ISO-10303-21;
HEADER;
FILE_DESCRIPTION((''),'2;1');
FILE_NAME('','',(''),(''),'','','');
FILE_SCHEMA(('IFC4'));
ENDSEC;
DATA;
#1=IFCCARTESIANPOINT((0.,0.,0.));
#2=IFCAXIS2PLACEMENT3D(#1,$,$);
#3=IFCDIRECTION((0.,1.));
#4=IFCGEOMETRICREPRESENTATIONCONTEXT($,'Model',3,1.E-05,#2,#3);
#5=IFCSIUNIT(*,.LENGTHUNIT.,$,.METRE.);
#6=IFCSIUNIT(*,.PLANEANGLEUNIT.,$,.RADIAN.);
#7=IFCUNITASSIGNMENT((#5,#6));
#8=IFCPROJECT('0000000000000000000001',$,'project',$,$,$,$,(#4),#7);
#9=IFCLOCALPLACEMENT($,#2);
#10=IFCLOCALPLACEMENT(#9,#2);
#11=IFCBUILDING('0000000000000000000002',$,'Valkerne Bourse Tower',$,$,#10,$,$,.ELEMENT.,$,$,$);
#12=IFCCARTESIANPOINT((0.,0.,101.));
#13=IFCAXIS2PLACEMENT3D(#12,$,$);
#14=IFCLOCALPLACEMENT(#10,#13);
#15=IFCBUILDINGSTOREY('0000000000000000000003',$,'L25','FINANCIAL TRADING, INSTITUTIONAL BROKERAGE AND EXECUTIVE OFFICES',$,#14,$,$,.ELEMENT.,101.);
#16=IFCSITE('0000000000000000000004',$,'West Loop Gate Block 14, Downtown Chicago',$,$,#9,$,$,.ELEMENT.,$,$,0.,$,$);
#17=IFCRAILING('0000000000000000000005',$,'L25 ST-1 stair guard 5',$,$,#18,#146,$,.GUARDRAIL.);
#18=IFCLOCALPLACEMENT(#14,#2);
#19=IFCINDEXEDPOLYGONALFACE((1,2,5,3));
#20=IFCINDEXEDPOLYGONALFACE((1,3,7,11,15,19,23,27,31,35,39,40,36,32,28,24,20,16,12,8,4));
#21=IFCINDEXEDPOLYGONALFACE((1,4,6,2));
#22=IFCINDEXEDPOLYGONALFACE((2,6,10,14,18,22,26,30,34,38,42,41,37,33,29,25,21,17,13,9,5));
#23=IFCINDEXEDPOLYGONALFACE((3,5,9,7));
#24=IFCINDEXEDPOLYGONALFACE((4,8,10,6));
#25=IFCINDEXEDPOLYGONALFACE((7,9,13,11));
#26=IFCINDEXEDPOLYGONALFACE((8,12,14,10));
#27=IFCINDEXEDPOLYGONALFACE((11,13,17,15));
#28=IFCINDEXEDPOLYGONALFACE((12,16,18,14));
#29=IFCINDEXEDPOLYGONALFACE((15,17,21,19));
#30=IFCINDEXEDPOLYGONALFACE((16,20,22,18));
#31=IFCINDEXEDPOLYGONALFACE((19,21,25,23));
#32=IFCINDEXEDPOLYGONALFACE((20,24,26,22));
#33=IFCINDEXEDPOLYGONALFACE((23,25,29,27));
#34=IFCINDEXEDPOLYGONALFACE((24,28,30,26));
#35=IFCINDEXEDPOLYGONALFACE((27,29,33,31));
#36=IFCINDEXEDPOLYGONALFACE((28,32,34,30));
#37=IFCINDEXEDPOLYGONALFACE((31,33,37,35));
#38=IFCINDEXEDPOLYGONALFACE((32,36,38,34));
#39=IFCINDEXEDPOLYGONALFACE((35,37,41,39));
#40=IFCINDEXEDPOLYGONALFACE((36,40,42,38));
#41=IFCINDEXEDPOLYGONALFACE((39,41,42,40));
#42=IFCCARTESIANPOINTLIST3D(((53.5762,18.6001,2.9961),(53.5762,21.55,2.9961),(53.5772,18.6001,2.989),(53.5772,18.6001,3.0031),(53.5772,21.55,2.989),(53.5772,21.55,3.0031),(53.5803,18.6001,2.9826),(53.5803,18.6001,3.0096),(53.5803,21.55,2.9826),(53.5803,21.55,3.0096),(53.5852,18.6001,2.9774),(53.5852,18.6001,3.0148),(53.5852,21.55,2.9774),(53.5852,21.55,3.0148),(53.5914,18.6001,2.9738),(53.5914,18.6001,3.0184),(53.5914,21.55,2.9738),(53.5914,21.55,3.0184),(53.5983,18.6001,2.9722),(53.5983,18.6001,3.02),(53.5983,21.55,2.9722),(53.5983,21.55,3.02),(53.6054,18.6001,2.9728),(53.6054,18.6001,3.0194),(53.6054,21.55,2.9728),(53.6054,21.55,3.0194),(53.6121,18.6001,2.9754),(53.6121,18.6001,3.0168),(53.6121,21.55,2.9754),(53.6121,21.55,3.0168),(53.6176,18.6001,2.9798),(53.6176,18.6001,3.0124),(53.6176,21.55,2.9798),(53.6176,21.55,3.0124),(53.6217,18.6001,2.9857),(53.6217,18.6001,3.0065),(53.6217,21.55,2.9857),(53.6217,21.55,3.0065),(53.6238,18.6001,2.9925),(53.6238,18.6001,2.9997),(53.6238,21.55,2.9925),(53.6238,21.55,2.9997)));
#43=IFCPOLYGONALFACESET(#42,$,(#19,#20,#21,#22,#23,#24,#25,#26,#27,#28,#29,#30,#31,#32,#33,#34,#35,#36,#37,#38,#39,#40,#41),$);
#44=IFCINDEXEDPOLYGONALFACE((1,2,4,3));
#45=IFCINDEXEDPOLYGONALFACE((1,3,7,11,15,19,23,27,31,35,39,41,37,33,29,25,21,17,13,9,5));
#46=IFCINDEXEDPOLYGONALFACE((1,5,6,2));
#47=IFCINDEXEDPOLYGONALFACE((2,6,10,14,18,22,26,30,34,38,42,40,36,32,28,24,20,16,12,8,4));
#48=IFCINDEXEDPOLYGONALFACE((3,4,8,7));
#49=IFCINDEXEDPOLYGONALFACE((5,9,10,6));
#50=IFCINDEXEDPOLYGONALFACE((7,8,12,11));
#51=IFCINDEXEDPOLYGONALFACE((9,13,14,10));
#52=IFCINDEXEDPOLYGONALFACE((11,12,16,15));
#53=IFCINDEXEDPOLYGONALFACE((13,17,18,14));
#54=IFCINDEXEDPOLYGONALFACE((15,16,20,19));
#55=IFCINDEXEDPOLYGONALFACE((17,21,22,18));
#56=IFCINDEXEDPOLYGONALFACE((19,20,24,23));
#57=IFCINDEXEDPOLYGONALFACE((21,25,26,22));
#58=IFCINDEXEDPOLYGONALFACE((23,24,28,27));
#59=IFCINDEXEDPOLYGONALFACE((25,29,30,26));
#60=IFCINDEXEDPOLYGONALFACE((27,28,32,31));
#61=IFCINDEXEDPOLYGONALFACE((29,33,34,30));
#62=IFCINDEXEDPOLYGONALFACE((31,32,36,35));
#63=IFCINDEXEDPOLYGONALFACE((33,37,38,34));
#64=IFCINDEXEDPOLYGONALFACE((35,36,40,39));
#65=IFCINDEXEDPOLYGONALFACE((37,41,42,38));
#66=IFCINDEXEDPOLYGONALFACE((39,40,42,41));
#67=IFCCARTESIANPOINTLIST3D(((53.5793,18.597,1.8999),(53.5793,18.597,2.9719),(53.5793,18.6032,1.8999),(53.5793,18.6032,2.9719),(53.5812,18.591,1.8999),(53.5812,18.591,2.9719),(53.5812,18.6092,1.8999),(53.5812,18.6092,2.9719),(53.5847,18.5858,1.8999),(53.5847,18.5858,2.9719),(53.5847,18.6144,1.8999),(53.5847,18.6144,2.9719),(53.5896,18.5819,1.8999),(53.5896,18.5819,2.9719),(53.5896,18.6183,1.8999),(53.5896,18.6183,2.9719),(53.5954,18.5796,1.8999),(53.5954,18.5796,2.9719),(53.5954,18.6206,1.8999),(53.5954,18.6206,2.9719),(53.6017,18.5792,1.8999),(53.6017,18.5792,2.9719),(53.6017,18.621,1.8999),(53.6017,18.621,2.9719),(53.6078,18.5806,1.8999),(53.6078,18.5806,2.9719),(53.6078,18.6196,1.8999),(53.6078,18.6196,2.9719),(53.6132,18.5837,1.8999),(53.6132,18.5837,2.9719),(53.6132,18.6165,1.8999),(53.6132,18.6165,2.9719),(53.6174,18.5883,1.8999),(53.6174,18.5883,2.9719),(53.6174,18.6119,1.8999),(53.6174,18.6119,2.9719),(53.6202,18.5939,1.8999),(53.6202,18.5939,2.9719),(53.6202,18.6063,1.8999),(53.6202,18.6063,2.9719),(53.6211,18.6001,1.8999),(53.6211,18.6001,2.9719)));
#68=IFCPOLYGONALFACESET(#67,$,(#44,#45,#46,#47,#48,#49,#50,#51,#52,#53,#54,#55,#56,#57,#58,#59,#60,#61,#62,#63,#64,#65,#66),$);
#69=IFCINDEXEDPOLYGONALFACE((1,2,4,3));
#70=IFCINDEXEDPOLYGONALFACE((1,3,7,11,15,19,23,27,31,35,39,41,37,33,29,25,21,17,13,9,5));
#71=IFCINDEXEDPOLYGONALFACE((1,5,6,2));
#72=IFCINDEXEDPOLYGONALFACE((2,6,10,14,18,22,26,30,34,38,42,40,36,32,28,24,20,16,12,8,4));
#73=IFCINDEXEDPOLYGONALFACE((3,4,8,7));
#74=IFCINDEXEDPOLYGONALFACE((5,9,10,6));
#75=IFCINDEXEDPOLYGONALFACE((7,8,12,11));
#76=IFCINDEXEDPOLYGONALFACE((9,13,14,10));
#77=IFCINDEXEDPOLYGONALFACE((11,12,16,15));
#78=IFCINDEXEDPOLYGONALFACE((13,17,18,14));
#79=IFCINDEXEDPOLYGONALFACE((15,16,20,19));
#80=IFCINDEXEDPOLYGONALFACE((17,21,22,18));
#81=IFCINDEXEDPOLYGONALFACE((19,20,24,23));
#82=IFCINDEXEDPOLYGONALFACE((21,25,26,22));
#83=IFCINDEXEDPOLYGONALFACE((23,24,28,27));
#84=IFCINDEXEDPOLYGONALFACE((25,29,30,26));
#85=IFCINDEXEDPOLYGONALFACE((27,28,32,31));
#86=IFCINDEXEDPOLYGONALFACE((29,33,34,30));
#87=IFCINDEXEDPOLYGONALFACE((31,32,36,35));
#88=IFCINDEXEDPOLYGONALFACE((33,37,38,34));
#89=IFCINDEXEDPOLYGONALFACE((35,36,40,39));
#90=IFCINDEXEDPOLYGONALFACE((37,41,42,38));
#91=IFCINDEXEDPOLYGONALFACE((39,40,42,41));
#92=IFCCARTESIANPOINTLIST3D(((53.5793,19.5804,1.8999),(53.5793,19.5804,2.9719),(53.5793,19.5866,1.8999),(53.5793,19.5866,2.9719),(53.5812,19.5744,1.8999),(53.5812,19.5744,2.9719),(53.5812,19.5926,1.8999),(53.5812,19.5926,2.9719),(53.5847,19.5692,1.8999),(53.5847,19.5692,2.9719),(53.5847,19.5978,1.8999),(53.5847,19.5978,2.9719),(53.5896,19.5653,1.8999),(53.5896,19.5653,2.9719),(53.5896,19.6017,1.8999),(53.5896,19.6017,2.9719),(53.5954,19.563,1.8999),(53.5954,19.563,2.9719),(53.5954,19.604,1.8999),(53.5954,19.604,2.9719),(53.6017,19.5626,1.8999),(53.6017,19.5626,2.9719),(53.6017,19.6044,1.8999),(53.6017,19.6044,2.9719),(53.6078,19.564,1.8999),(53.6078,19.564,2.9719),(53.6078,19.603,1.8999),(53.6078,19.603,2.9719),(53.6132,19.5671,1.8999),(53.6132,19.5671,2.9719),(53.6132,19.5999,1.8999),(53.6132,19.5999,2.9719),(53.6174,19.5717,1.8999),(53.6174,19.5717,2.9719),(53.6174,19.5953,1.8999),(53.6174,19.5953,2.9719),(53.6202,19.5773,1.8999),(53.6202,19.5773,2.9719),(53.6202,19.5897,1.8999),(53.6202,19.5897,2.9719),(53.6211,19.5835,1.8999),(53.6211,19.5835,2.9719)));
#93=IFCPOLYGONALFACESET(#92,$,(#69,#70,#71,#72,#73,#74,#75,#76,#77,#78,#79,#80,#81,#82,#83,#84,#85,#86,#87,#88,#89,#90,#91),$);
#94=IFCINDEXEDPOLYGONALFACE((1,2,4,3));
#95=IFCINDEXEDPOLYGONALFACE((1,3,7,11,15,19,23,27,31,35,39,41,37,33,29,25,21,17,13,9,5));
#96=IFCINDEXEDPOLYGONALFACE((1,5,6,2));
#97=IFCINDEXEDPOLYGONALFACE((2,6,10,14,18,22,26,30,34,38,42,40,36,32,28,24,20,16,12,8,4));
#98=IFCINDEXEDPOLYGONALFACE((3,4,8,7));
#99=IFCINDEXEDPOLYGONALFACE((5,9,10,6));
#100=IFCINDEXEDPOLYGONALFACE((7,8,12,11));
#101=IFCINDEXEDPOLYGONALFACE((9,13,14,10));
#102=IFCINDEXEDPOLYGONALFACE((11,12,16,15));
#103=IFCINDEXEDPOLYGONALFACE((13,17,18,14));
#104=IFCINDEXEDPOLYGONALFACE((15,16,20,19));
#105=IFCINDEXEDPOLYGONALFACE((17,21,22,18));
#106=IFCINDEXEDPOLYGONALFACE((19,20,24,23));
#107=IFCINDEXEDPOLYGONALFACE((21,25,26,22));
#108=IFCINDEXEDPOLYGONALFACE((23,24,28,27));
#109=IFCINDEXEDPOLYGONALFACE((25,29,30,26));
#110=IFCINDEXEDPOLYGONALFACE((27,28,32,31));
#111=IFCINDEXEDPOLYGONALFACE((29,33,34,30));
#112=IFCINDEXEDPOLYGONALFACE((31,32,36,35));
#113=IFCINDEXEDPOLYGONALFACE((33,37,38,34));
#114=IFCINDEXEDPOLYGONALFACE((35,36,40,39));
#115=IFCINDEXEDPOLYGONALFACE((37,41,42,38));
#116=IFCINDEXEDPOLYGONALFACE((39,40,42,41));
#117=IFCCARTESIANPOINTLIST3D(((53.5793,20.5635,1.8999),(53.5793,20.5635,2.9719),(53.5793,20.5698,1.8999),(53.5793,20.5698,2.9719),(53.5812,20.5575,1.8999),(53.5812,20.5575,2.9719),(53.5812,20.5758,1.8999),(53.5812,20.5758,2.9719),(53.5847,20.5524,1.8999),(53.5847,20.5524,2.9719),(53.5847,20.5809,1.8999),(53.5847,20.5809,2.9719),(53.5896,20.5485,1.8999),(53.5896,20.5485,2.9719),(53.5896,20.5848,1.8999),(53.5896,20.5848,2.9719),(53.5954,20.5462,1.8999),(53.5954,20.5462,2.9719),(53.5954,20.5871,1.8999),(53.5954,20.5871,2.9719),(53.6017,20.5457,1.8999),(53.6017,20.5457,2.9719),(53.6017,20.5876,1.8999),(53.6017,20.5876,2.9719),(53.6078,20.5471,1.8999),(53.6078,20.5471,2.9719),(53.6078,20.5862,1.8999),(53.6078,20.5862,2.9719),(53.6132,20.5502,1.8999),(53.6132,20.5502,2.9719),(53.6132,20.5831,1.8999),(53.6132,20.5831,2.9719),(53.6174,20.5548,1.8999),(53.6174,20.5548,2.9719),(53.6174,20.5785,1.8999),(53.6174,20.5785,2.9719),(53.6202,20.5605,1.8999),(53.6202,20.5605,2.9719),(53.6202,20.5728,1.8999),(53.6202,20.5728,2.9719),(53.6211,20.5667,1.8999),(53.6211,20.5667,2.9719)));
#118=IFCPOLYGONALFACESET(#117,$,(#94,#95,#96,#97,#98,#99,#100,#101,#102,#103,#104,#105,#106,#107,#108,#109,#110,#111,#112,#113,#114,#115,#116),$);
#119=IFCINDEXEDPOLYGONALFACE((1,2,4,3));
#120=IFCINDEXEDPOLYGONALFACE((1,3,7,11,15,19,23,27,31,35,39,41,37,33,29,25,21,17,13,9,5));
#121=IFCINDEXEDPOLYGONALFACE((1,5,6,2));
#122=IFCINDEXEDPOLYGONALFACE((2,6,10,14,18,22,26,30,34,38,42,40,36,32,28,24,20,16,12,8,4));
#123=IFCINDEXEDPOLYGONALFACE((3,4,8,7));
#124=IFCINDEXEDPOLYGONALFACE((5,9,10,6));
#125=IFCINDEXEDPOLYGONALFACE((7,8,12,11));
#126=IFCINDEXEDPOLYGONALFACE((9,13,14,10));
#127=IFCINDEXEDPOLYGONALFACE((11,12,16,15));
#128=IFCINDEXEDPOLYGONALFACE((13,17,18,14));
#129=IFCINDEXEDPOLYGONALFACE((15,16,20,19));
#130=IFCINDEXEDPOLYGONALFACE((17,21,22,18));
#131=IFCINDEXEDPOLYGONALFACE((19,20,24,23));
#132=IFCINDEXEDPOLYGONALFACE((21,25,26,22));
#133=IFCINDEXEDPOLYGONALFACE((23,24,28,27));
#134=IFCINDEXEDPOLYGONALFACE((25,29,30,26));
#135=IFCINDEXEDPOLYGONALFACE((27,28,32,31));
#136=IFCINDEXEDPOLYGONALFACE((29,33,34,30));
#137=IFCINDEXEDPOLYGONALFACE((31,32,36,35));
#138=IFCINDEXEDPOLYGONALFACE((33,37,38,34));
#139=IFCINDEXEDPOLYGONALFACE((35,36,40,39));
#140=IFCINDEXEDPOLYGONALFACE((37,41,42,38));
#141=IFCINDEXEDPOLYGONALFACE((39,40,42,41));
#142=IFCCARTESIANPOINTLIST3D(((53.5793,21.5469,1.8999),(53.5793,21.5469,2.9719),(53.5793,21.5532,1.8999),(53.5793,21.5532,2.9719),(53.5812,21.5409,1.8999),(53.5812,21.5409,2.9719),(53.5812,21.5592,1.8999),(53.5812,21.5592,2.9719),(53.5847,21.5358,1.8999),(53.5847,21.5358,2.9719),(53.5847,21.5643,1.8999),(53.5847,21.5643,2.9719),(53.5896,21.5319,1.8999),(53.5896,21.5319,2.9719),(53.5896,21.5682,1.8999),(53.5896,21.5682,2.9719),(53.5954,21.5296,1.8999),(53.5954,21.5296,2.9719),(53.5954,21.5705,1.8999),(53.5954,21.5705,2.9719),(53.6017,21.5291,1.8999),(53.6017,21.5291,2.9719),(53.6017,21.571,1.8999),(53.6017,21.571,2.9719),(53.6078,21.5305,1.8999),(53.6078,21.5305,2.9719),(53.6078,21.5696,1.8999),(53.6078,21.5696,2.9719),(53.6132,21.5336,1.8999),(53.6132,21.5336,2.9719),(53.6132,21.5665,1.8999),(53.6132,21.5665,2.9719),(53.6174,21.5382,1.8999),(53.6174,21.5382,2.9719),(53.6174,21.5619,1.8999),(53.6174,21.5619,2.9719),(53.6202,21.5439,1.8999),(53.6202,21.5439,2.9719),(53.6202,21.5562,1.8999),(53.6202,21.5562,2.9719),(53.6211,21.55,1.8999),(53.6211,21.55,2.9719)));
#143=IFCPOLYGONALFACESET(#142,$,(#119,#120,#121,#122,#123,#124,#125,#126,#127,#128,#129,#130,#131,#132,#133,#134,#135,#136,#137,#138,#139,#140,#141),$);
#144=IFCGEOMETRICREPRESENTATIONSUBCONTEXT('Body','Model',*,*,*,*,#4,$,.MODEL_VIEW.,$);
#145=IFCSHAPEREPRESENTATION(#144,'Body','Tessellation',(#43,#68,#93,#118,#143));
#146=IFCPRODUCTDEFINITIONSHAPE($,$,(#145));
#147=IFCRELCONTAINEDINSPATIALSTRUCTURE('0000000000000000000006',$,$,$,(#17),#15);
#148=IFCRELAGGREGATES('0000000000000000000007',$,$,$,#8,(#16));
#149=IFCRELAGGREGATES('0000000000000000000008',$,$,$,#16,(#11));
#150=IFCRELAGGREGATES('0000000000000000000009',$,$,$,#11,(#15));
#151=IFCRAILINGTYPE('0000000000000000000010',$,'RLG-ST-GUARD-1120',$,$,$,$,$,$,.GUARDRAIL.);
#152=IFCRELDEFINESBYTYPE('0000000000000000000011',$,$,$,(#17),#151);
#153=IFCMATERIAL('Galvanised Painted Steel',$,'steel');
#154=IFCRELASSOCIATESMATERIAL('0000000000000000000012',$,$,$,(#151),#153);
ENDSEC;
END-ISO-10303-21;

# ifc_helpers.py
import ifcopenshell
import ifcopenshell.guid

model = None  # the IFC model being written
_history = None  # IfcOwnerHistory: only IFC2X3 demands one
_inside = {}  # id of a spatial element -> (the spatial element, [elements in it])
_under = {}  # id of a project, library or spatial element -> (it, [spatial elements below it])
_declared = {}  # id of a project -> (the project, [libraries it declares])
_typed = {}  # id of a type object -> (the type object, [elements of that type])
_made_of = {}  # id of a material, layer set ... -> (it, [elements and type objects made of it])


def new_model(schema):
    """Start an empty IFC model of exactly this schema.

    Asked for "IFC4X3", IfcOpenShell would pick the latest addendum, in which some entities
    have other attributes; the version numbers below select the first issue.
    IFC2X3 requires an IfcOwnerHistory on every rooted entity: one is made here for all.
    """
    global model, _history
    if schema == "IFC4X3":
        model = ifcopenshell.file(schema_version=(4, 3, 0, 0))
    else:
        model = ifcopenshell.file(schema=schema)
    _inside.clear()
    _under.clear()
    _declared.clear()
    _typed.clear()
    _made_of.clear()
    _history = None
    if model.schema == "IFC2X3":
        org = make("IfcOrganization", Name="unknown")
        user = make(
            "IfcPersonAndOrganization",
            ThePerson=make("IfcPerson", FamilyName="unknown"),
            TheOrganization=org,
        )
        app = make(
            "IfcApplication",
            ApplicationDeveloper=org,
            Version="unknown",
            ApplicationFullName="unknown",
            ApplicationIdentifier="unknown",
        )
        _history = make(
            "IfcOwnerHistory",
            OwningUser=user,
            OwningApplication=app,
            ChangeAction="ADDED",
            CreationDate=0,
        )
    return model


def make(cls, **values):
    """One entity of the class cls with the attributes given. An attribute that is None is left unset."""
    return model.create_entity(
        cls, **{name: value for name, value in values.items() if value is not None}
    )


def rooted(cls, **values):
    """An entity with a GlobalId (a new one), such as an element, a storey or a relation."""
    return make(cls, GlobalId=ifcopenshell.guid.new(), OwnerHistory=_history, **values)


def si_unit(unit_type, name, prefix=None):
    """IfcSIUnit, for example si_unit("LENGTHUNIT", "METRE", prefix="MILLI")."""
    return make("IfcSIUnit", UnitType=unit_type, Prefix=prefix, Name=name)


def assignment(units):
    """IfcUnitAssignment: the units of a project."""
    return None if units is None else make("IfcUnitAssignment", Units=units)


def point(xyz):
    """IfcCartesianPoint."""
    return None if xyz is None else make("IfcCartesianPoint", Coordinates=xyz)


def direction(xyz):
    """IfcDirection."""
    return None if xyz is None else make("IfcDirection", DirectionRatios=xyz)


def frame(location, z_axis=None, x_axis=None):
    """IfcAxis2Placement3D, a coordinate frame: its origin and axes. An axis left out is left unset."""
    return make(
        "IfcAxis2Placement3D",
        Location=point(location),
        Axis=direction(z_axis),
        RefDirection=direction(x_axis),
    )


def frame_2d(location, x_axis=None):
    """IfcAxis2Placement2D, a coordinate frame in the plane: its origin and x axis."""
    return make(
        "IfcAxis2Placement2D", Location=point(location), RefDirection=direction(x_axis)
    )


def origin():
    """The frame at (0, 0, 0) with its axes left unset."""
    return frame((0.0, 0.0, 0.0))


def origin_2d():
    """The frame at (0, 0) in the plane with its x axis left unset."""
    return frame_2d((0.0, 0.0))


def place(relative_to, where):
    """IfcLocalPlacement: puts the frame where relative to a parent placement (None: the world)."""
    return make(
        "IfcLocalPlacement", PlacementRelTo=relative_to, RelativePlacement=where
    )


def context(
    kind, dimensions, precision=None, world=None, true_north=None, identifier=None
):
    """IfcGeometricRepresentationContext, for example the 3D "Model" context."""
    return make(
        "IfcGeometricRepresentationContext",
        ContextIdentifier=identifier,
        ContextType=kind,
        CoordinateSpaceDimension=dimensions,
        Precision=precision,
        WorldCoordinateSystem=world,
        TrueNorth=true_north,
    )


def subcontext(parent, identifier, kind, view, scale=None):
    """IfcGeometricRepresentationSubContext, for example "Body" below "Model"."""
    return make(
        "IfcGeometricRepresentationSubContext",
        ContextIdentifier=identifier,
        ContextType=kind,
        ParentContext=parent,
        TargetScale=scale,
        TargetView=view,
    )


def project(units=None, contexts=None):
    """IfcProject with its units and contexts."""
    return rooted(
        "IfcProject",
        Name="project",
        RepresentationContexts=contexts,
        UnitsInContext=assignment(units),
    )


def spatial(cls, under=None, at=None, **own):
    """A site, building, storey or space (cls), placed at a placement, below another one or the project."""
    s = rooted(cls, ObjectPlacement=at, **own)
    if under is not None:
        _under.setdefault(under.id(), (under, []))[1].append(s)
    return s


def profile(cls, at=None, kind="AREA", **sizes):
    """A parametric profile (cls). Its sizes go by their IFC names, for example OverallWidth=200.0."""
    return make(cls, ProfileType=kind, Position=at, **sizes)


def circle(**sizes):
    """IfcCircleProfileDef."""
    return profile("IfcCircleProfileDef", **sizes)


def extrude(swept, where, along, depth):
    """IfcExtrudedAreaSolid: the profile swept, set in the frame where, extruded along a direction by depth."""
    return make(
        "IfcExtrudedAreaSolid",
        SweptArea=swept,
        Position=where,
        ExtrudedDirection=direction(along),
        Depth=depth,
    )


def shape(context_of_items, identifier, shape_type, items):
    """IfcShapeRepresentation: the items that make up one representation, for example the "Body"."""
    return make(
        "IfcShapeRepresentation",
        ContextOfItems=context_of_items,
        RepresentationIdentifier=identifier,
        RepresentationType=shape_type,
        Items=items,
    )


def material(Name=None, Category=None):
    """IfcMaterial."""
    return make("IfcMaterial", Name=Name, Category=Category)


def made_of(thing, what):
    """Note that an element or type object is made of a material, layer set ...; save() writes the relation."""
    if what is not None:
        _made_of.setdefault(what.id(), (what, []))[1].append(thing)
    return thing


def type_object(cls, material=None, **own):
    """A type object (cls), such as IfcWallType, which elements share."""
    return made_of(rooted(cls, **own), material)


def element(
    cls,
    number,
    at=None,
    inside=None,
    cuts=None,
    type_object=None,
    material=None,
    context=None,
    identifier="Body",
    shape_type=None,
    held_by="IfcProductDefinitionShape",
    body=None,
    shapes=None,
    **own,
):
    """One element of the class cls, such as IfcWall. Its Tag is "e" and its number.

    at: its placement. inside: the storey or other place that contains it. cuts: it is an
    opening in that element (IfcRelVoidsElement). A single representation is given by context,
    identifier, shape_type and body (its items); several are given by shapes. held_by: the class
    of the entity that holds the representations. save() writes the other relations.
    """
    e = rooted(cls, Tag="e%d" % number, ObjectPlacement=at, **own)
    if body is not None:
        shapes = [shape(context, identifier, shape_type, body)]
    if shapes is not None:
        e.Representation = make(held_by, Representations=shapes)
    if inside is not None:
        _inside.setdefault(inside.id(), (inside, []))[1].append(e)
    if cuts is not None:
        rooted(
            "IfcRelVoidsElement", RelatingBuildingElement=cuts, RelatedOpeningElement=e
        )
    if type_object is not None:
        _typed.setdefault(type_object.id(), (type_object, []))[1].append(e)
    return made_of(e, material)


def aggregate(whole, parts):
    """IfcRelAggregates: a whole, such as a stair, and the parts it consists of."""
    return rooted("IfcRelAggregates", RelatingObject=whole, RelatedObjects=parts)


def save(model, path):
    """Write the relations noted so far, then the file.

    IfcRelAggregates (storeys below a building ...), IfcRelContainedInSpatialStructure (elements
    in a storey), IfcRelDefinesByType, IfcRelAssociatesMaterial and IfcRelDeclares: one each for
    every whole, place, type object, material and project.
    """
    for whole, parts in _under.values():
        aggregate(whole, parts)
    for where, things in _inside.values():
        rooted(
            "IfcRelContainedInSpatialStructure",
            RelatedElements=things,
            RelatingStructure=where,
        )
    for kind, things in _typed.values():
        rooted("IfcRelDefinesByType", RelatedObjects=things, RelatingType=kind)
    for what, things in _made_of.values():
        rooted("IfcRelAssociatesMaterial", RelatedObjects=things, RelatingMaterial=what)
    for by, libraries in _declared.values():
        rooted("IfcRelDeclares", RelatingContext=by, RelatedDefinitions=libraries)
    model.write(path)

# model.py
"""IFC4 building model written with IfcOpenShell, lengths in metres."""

from ifc_helpers import new_model, si_unit, direction, frame, origin, origin_2d, place, context, subcontext, project, spatial, circle, extrude, material, type_object, element, save


model = new_model("IFC4")

# Units and contexts
model_context = context("Model", 3, precision=1e-05, world=origin(), true_north=direction((0.0, 1.0)))
body_context = subcontext(model_context, "Body", "Model", "MODEL_VIEW")
ifc_project = project(units=[si_unit("LENGTHUNIT", "METRE"), si_unit("PLANEANGLEUNIT", "RADIAN")], contexts=[model_context])

# Site, building, storey
site_placement = place(None, origin())
site = spatial("IfcSite", under=ifc_project, at=site_placement, Name="West Loop Gate Block 14, Downtown Chicago", CompositionType="ELEMENT", RefElevation=0.0)
building_placement = place(site_placement, origin())
building = spatial("IfcBuilding", under=site, at=building_placement, Name="Valkerne Bourse Tower", CompositionType="ELEMENT")
storey_placement = place(building_placement, frame((0.0, 0.0, 101.0)))
storey = spatial("IfcBuildingStorey", under=building, at=storey_placement, Name="L25", Description="FINANCIAL TRADING, INSTITUTIONAL BROKERAGE AND EXECUTIVE OFFICES", CompositionType="ELEMENT", Elevation=101.0)

# Railing
ifc_material_1 = material(Name="Galvanised Painted Steel", Category="steel")
railing_type = type_object("IfcRailingType", Name="RLG-ST-GUARD-1120", PredefinedType="GUARDRAIL", material=ifc_material_1)
railing_1_placement = place(storey_placement, frame((53.6001, 18.6001, 1.8999)))
element("IfcRailing", 1, at=railing_1_placement, inside=storey, type_object=railing_type, Name="L25 ST-1 stair guard 5", PredefinedType="GUARDRAIL", context=body_context, shape_type="SweptSolid", body=[
    extrude(circle(Radius=0.0239, at=origin_2d()), frame((0.0, 0.0, 1.0962), z_axis=(0.0, 1.0, 0.0), x_axis=(-1.0, 0.0, 0.0)), (0.0, 0.0, 1.0), 2.95),
    extrude(circle(Radius=0.021, at=origin_2d()), origin(), (0.0, 0.0, 1.0), 1.072),
    extrude(circle(Radius=0.021, at=origin_2d()), frame((0.0, 0.9834, 0.0)), (0.0, 0.0, 1.0), 1.072),
    extrude(circle(Radius=0.021, at=origin_2d()), frame((0.0, 1.9666, 0.0)), (0.0, 0.0, 1.0), 1.072),
    extrude(circle(Radius=0.021, at=origin_2d()), frame((0.0, 2.95, 0.0)), (0.0, 0.0, 1.0), 1.072),
])

save(model, "model.ifc")
